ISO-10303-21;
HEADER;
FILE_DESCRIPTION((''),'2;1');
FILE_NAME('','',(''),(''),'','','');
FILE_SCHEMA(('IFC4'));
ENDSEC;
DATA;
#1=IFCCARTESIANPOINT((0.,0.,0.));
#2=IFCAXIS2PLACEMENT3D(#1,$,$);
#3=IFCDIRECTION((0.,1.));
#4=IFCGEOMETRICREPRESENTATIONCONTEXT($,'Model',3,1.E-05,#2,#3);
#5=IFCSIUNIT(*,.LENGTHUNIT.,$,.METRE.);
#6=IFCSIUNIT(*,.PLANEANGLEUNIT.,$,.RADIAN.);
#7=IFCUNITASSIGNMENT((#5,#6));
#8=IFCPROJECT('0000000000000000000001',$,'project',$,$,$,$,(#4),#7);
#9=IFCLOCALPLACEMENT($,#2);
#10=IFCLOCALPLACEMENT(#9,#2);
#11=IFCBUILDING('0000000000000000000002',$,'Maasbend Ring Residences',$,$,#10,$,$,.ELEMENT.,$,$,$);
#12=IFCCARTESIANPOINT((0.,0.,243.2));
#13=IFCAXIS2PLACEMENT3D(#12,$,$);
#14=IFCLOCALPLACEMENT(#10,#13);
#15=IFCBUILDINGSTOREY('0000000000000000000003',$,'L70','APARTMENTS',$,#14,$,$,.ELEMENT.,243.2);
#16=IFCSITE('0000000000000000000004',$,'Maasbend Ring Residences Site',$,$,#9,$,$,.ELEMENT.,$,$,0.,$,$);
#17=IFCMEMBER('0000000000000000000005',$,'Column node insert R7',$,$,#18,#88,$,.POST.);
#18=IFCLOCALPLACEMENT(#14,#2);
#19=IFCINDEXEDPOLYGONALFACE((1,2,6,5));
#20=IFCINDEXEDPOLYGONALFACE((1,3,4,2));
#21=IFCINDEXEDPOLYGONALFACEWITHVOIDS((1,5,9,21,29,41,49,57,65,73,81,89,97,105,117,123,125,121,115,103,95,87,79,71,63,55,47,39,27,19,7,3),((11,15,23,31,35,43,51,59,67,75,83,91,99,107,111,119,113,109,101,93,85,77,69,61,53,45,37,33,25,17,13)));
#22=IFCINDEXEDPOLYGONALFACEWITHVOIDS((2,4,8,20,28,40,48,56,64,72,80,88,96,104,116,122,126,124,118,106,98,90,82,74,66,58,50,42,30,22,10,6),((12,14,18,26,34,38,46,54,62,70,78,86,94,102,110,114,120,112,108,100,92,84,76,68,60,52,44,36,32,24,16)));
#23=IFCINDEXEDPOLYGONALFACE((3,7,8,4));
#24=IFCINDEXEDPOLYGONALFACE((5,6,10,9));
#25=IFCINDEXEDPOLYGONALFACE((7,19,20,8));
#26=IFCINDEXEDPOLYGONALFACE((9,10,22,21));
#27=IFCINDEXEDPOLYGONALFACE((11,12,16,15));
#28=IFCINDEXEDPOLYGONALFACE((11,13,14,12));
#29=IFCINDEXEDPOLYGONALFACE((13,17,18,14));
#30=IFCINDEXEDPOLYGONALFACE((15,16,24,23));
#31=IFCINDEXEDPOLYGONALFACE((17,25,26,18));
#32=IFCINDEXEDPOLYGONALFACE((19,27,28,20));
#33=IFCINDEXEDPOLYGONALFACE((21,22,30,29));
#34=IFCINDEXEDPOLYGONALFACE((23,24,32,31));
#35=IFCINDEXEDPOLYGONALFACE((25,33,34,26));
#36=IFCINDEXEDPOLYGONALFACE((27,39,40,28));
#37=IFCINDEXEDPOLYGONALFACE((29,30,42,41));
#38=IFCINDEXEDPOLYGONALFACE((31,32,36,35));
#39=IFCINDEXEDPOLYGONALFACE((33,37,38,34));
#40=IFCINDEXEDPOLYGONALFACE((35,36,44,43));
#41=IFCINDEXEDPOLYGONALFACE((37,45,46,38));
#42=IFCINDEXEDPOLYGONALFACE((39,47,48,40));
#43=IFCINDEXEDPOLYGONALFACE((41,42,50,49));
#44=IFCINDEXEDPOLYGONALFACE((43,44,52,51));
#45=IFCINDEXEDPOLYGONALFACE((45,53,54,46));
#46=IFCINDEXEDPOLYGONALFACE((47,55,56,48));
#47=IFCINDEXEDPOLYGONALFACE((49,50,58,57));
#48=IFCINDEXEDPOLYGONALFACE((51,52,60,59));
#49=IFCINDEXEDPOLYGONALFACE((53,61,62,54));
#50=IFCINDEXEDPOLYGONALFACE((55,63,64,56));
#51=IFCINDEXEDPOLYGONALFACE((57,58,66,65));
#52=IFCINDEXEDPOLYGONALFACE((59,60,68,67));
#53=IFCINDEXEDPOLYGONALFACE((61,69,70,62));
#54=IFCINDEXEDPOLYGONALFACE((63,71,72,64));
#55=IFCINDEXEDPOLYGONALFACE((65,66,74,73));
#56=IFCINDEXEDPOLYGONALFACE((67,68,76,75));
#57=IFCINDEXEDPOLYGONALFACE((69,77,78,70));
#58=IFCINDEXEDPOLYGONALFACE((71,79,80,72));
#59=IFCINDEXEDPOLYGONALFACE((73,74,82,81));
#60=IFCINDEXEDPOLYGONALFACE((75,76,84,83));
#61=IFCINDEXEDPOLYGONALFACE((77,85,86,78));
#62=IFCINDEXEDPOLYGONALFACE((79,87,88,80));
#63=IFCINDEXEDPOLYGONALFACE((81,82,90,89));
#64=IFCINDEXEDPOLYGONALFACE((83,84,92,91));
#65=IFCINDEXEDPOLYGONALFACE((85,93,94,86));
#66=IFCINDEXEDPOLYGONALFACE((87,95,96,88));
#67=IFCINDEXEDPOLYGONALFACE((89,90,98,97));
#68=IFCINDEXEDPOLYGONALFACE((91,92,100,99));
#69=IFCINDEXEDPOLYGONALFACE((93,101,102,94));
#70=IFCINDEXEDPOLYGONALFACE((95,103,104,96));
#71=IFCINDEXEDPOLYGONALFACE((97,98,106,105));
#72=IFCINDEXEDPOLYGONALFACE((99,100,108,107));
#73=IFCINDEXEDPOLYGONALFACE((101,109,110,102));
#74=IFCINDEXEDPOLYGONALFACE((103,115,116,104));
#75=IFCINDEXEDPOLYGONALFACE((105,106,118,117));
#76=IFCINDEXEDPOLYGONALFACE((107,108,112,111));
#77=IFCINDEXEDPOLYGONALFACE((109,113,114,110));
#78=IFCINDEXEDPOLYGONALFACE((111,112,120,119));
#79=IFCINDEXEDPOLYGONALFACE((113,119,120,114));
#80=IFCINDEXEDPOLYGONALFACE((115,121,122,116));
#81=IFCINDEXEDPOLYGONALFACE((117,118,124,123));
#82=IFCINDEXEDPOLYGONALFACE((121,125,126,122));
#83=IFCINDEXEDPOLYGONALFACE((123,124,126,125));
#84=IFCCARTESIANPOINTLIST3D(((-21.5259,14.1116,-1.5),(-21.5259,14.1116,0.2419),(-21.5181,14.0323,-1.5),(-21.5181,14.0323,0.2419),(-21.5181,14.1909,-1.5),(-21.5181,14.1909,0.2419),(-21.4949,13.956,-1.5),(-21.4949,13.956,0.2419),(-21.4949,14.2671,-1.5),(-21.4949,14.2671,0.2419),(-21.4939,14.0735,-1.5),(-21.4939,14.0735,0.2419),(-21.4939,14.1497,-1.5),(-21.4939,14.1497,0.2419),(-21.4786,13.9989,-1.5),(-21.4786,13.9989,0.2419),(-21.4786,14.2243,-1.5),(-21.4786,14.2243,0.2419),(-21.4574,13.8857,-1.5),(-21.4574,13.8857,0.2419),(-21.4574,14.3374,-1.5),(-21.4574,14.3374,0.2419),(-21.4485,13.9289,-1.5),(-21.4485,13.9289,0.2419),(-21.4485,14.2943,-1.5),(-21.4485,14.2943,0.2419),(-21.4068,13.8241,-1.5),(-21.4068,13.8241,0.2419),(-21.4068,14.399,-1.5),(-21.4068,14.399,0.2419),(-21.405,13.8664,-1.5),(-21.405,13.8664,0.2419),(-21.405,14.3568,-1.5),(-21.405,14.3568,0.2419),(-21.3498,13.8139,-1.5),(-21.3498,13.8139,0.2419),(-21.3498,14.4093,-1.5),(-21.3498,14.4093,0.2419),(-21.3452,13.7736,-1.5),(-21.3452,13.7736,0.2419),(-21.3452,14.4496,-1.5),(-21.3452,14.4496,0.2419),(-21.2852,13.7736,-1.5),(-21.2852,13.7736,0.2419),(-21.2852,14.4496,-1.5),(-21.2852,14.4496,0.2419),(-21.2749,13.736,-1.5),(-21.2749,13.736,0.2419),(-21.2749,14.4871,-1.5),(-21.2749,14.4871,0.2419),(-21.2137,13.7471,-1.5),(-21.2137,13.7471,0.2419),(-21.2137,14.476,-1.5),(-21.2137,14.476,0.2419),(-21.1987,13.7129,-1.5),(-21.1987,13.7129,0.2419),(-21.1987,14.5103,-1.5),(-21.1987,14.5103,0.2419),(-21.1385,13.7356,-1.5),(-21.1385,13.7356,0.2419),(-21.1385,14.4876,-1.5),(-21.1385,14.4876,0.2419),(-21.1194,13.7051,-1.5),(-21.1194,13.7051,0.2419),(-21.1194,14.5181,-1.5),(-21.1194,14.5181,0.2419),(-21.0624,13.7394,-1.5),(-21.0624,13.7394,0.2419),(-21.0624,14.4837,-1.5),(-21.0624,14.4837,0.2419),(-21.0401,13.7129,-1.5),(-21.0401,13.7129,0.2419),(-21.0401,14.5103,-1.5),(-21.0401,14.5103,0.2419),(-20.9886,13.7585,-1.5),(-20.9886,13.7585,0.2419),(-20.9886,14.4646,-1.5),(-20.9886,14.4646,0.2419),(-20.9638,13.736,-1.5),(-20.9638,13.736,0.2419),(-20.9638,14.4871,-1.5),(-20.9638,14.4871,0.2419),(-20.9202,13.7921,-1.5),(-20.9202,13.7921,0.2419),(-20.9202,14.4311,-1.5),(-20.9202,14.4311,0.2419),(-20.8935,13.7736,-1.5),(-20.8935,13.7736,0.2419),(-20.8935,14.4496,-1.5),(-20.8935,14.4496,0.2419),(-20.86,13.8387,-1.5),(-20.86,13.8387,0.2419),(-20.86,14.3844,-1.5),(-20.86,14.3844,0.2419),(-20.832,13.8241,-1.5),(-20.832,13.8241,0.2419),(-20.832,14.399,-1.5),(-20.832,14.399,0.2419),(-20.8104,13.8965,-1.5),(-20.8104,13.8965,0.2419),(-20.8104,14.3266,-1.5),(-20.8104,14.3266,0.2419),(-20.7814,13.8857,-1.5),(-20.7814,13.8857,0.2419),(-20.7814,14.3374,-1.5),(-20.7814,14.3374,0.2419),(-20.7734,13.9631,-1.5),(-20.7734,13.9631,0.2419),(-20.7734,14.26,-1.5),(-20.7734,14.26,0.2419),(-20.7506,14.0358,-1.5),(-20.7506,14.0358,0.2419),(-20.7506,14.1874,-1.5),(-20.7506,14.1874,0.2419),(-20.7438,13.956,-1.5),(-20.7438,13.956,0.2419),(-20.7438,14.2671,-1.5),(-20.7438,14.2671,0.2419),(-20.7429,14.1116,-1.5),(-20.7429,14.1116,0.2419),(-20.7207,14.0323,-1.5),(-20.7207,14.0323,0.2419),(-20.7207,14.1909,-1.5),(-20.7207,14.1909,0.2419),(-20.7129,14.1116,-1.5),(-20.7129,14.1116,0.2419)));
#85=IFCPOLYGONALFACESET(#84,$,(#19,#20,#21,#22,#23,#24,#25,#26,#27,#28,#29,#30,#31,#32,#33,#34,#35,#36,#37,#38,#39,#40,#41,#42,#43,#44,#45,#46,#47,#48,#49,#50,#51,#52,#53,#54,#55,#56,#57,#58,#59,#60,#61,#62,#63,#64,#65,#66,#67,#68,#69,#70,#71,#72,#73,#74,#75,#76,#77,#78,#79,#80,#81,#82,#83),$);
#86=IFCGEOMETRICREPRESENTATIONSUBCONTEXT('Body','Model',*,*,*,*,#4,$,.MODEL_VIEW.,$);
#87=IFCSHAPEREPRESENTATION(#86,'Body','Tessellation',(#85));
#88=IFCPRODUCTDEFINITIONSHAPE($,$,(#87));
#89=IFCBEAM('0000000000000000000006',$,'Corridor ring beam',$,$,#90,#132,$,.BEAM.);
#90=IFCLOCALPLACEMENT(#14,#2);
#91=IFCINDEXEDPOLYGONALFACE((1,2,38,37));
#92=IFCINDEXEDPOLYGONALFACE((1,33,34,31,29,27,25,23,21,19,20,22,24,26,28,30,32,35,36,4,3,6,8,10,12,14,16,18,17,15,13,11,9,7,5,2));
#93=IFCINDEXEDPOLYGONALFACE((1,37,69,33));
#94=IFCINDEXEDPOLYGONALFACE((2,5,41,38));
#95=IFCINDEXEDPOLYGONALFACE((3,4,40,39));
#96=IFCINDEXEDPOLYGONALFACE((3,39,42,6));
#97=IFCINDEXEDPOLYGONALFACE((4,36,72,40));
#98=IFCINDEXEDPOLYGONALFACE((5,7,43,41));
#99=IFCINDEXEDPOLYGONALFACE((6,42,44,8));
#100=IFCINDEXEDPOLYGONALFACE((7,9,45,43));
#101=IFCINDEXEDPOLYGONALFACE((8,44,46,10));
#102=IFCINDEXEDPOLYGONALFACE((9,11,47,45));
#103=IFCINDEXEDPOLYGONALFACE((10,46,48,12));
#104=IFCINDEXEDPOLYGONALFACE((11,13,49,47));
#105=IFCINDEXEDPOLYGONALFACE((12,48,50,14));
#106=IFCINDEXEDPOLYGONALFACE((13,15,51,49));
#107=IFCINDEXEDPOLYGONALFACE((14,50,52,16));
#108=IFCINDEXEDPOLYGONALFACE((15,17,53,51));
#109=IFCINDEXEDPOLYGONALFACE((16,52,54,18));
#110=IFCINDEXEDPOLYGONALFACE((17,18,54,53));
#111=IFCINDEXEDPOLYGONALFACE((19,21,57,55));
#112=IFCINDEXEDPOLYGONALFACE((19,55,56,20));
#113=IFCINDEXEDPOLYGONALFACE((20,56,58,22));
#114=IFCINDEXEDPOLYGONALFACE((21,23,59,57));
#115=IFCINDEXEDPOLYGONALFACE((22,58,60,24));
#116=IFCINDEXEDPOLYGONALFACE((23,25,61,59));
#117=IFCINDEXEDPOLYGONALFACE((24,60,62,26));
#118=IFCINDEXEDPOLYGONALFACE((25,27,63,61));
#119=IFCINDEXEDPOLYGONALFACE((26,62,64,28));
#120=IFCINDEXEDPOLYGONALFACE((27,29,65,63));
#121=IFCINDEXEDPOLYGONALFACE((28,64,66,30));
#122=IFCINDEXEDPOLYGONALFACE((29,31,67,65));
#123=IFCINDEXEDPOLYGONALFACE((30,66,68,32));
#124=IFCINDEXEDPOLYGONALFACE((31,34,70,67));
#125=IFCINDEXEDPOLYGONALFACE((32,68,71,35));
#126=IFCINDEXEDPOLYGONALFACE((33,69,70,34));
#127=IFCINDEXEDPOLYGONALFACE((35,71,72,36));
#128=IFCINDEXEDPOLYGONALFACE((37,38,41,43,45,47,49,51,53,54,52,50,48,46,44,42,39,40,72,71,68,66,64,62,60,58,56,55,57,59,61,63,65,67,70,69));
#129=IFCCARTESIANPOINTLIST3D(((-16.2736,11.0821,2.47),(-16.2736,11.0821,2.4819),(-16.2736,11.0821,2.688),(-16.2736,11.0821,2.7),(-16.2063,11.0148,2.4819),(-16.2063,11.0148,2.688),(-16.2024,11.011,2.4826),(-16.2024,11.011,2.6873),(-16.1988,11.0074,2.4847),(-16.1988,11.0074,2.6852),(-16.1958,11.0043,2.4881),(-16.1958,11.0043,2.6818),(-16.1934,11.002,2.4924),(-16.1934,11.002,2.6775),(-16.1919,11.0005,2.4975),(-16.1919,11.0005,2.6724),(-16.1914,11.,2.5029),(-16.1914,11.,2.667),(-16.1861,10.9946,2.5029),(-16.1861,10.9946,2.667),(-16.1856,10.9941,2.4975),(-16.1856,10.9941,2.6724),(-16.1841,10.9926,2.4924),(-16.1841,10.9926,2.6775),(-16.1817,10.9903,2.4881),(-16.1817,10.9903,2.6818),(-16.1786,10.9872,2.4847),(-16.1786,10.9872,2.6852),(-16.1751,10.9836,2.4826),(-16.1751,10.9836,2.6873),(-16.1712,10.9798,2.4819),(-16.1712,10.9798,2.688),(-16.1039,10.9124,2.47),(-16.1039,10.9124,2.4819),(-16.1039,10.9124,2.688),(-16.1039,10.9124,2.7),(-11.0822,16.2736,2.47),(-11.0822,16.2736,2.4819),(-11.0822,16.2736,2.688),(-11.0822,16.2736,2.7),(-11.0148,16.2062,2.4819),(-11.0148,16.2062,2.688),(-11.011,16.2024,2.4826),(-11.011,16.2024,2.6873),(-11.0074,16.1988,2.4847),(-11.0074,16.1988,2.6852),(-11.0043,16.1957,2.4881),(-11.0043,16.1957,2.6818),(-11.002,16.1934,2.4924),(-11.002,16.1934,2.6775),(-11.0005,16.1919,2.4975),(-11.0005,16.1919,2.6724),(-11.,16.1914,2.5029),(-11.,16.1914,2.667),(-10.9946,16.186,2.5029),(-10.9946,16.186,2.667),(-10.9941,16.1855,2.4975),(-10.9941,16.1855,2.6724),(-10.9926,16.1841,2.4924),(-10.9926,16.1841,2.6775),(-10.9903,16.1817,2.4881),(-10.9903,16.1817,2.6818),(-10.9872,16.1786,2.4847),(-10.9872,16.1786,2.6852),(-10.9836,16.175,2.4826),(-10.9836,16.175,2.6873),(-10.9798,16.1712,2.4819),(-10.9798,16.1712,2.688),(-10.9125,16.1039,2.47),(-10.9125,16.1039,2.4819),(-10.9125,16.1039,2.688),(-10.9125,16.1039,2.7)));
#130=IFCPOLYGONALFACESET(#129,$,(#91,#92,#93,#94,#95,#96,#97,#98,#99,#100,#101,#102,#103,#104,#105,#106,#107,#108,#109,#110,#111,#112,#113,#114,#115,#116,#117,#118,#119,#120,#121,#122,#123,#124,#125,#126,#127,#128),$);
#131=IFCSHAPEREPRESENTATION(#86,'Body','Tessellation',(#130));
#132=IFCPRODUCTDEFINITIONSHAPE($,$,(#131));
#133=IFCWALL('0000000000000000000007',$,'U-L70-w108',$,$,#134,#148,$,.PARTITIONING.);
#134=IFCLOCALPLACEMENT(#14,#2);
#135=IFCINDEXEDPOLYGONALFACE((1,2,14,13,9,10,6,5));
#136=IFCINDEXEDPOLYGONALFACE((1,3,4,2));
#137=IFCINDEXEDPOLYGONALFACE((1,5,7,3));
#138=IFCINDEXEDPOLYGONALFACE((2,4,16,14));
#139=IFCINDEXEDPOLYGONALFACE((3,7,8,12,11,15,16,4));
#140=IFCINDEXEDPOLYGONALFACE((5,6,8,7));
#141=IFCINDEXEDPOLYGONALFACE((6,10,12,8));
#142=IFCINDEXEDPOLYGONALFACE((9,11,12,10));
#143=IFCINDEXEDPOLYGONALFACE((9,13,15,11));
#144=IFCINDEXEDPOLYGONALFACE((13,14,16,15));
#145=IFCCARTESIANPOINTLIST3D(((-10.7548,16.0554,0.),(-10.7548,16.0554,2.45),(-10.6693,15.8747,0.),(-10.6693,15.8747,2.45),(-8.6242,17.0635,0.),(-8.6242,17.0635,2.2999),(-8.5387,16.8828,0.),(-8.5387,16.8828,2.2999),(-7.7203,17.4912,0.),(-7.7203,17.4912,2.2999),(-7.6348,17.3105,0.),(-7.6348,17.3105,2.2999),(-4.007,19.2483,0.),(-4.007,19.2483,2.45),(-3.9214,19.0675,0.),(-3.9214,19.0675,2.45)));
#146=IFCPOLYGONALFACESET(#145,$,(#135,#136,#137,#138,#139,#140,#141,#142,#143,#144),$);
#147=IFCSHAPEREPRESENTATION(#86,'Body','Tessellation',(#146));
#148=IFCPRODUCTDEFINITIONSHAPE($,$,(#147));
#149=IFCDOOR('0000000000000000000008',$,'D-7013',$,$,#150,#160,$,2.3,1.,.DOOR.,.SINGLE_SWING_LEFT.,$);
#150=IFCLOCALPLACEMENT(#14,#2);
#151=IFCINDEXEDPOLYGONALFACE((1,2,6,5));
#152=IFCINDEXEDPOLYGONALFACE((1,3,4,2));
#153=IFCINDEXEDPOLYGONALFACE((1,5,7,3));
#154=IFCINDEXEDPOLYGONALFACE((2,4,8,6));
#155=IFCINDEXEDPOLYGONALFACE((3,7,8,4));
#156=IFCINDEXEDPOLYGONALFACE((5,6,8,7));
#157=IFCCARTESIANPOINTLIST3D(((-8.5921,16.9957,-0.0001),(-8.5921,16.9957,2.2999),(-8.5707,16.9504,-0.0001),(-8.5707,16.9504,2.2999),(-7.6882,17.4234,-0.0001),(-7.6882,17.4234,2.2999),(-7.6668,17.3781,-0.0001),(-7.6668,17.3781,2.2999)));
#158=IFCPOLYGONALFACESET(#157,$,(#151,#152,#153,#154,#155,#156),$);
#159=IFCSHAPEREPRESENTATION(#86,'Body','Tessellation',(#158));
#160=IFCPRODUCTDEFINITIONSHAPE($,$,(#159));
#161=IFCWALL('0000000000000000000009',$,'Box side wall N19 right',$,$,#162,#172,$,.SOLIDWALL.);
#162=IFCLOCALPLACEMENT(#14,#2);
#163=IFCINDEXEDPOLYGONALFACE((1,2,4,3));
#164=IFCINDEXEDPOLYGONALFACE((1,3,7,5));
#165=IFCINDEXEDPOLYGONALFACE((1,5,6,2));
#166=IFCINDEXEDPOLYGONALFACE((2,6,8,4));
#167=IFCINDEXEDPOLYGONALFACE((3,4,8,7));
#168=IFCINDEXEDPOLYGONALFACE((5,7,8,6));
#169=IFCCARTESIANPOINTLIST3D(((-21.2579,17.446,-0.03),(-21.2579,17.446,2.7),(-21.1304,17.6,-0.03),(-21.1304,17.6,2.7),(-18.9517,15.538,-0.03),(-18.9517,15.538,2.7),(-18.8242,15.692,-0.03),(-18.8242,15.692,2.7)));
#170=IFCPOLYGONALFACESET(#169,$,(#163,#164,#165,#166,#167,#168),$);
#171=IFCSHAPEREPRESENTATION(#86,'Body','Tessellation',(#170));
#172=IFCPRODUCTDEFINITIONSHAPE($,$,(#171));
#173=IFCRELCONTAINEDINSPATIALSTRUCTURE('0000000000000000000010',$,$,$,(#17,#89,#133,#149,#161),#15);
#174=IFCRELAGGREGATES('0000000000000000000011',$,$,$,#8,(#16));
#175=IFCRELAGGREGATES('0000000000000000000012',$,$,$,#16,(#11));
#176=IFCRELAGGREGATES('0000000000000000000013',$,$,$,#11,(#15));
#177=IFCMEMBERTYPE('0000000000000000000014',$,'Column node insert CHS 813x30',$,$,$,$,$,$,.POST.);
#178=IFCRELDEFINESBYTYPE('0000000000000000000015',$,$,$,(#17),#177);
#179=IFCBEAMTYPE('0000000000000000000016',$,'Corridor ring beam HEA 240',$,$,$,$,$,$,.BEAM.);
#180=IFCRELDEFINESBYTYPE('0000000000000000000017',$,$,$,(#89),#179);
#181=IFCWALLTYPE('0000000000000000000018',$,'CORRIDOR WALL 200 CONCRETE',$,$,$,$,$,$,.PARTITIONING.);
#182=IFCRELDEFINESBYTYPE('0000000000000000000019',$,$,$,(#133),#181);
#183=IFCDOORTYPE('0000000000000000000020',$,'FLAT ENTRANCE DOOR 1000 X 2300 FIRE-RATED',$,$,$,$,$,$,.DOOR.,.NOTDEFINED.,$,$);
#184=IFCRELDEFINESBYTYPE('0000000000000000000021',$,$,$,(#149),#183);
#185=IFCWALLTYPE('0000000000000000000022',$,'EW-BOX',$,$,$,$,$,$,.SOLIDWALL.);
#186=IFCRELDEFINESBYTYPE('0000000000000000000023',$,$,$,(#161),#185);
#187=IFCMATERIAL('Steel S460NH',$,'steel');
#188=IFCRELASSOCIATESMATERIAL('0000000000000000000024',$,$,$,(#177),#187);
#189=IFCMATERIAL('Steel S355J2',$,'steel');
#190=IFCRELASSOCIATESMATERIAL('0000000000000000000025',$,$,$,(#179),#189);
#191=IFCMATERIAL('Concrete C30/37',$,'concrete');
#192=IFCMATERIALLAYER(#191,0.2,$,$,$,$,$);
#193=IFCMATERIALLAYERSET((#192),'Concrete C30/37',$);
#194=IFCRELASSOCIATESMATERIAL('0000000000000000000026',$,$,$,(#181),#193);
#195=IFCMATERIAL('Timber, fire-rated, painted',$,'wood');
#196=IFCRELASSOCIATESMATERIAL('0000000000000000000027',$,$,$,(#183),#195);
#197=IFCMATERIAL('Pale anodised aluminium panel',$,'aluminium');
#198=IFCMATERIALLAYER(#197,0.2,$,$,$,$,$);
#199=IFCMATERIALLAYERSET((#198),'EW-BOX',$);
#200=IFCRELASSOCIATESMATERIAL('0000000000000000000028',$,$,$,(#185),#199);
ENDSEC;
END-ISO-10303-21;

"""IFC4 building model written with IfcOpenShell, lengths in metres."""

from ifc_helpers import new_model, si_unit, direction, frame, frame_2d, origin, origin_2d, place, context, subcontext, project, spatial, rectangle, hollow_circle, i_section, extrude, material, layer, layer_set, material_profile, profile_set, type_object, element, fill, save


model = new_model("IFC4")

# Units and contexts
model_context = context("Model", 3, precision=1e-05, world=origin(), true_north=direction((0.0, 1.0)))
body_context = subcontext(model_context, "Body", "Model", "MODEL_VIEW")
ifc_project = project(units=[si_unit("LENGTHUNIT", "METRE"), si_unit("PLANEANGLEUNIT", "RADIAN")], contexts=[model_context])

# Site, building, storey
site_placement = place(None, origin())
site = spatial("IfcSite", under=ifc_project, at=site_placement, Name="Maasbend Ring Residences Site", CompositionType="ELEMENT", RefElevation=0.0)
building_placement = place(site_placement, origin())
building = spatial("IfcBuilding", under=site, at=building_placement, Name="Maasbend Ring Residences", CompositionType="ELEMENT")
storey_placement = place(building_placement, frame((0.0, 0.0, 243.2)))
storey = spatial("IfcBuildingStorey", under=building, at=storey_placement, Name="L70", Description="APARTMENTS", CompositionType="ELEMENT", Elevation=243.2)

# Member
ifc_material_1 = material(Name="Steel S460NH", Category="steel")
ifc_material_profile_1 = material_profile(ifc_material_1, hollow_circle(Radius=0.4065, WallThickness=0.03, at=origin_2d()), Name="Column node insert CHS 813x30")
ifc_profile_set_1 = profile_set([ifc_material_profile_1], Name="Steel S460NH")
member_type = type_object("IfcMemberType", Name="Column node insert CHS 813x30", PredefinedType="POST", material=ifc_profile_set_1)
member_placement = place(storey_placement, frame((-21.1194, 14.1116, -1.5), z_axis=(0.0, 0.0, 1.0), x_axis=(1.0, 0.0, 0.0)))
element("IfcMember", 1, at=member_placement, inside=storey, type_object=member_type, Name="Column node insert R7", PredefinedType="POST", context=body_context, shape_type="SweptSolid", body=[
    extrude(hollow_circle(Radius=0.4065, WallThickness=0.03, at=origin_2d()), origin(), (0.0, 0.0, 1.0), 1.7419),
])

# Beam
ifc_material_2 = material(Name="Steel S355J2", Category="steel")
ifc_material_profile_2 = material_profile(ifc_material_2, i_section(OverallWidth=0.24, OverallDepth=0.23, WebThickness=0.0076, FlangeThickness=0.012, FilletRadius=0.021, at=origin_2d()), Name="HEA 240")
ifc_profile_set_2 = profile_set([ifc_material_profile_2], Name="Steel S355J2")
beam_type = type_object("IfcBeamType", Name="Corridor ring beam HEA 240", PredefinedType="BEAM", material=ifc_profile_set_2)
beam_placement = place(storey_placement, frame((-10.9973, 16.1887, 2.585), z_axis=(-0.707107, -0.707107, 0.0), x_axis=(0.707107, -0.707107, 0.0)))
element("IfcBeam", 2, at=beam_placement, inside=storey, type_object=beam_type, Name="Corridor ring beam", PredefinedType="BEAM", context=body_context, shape_type="SweptSolid", body=[
    extrude(i_section(OverallWidth=0.24, OverallDepth=0.23, WebThickness=0.0076, FlangeThickness=0.012, FilletRadius=0.021, at=origin_2d()), origin(), (0.0, 0.0, 1.0), 7.3418),
])

# Wall, opening, door
ifc_material_3 = material(Name="Concrete C30/37", Category="concrete")
ifc_layer_1 = layer(ifc_material_3, 0.2)
ifc_layer_set_1 = layer_set([ifc_layer_1], Name="Concrete C30/37")
wall_type_1 = type_object("IfcWallType", Name="CORRIDOR WALL 200 CONCRETE", PredefinedType="PARTITIONING", material=ifc_layer_set_1)
wall_1_placement = place(storey_placement, frame((-10.7119, 15.9651, 0.0), z_axis=(0.0, 0.0, 1.0), x_axis=(0.903917, 0.427708, 0.0)))
wall_1 = element("IfcWall", 3, at=wall_1_placement, inside=storey, type_object=wall_type_1, Name="U-L70-w108", PredefinedType="PARTITIONING", context=body_context, shape_type="SweptSolid", body=[
    extrude(rectangle(XDim=7.4651, YDim=0.2, at=frame_2d((3.7324, 0.0))), origin(), (0.0, 0.0, 1.0), 2.45),
])
opening_1_placement = place(wall_1_placement, frame((2.3569, 0.0, 0.0)))
opening_1 = element("IfcOpeningElement", 4, at=opening_1_placement, cuts=wall_1, PredefinedType="OPENING", context=body_context, shape_type="SweptSolid", body=[
    extrude(rectangle(XDim=1.0, YDim=2.3, at=frame_2d((0.5, 1.1499))), frame((0.0, 0.1099, 0.0), z_axis=(0.0, -1.0, 0.0), x_axis=(1.0, 0.0, 0.0)), (0.0, 0.0, 1.0), 0.22),
])
ifc_material_4 = material(Name="Timber, fire-rated, painted", Category="wood")
door_type_1 = type_object("IfcDoorType", Name="FLAT ENTRANCE DOOR 1000 X 2300 FIRE-RATED", OperationType="NOTDEFINED", PredefinedType="DOOR", material=ifc_material_4)
door_1_placement = place(opening_1_placement, origin())
door_1 = element("IfcDoor", 5, at=door_1_placement, inside=storey, type_object=door_type_1, Name="D-7013", OperationType="SINGLE_SWING_LEFT", OverallHeight=2.3, OverallWidth=1.0, PredefinedType="DOOR", context=body_context, shape_type="SweptSolid", body=[
    extrude(rectangle(XDim=1.0, YDim=2.3, at=frame_2d((0.5, 1.1499))), frame((0.0, 0.0249, 0.0), z_axis=(0.0, -1.0, 0.0), x_axis=(1.0, 0.0, 0.0)), (0.0, 0.0, 1.0), 0.05),
])
fill(opening_1, door_1)

# Wall
ifc_material_5 = material(Name="Pale anodised aluminium panel", Category="aluminium")
ifc_layer_2 = layer(ifc_material_5, 0.2)
ifc_layer_set_2 = layer_set([ifc_layer_2], Name="EW-BOX")
wall_type_2 = type_object("IfcWallType", Name="EW-BOX", PredefinedType="SOLIDWALL", material=ifc_layer_set_2)
wall_2_placement = place(storey_placement, frame((-18.8879, 15.615, -0.03), z_axis=(0.0, 0.0, 1.0), x_axis=(-0.77049, 0.637453, 0.0)))
element("IfcWall", 6, at=wall_2_placement, inside=storey, type_object=wall_type_2, Name="Box side wall N19 right", PredefinedType="SOLIDWALL", context=body_context, shape_type="SweptSolid", body=[
    extrude(rectangle(XDim=2.9932, YDim=0.2, at=frame_2d((1.4966, 0.0))), origin(), (0.0, 0.0, 1.0), 2.73),
])

save(model, "model.ifc")
